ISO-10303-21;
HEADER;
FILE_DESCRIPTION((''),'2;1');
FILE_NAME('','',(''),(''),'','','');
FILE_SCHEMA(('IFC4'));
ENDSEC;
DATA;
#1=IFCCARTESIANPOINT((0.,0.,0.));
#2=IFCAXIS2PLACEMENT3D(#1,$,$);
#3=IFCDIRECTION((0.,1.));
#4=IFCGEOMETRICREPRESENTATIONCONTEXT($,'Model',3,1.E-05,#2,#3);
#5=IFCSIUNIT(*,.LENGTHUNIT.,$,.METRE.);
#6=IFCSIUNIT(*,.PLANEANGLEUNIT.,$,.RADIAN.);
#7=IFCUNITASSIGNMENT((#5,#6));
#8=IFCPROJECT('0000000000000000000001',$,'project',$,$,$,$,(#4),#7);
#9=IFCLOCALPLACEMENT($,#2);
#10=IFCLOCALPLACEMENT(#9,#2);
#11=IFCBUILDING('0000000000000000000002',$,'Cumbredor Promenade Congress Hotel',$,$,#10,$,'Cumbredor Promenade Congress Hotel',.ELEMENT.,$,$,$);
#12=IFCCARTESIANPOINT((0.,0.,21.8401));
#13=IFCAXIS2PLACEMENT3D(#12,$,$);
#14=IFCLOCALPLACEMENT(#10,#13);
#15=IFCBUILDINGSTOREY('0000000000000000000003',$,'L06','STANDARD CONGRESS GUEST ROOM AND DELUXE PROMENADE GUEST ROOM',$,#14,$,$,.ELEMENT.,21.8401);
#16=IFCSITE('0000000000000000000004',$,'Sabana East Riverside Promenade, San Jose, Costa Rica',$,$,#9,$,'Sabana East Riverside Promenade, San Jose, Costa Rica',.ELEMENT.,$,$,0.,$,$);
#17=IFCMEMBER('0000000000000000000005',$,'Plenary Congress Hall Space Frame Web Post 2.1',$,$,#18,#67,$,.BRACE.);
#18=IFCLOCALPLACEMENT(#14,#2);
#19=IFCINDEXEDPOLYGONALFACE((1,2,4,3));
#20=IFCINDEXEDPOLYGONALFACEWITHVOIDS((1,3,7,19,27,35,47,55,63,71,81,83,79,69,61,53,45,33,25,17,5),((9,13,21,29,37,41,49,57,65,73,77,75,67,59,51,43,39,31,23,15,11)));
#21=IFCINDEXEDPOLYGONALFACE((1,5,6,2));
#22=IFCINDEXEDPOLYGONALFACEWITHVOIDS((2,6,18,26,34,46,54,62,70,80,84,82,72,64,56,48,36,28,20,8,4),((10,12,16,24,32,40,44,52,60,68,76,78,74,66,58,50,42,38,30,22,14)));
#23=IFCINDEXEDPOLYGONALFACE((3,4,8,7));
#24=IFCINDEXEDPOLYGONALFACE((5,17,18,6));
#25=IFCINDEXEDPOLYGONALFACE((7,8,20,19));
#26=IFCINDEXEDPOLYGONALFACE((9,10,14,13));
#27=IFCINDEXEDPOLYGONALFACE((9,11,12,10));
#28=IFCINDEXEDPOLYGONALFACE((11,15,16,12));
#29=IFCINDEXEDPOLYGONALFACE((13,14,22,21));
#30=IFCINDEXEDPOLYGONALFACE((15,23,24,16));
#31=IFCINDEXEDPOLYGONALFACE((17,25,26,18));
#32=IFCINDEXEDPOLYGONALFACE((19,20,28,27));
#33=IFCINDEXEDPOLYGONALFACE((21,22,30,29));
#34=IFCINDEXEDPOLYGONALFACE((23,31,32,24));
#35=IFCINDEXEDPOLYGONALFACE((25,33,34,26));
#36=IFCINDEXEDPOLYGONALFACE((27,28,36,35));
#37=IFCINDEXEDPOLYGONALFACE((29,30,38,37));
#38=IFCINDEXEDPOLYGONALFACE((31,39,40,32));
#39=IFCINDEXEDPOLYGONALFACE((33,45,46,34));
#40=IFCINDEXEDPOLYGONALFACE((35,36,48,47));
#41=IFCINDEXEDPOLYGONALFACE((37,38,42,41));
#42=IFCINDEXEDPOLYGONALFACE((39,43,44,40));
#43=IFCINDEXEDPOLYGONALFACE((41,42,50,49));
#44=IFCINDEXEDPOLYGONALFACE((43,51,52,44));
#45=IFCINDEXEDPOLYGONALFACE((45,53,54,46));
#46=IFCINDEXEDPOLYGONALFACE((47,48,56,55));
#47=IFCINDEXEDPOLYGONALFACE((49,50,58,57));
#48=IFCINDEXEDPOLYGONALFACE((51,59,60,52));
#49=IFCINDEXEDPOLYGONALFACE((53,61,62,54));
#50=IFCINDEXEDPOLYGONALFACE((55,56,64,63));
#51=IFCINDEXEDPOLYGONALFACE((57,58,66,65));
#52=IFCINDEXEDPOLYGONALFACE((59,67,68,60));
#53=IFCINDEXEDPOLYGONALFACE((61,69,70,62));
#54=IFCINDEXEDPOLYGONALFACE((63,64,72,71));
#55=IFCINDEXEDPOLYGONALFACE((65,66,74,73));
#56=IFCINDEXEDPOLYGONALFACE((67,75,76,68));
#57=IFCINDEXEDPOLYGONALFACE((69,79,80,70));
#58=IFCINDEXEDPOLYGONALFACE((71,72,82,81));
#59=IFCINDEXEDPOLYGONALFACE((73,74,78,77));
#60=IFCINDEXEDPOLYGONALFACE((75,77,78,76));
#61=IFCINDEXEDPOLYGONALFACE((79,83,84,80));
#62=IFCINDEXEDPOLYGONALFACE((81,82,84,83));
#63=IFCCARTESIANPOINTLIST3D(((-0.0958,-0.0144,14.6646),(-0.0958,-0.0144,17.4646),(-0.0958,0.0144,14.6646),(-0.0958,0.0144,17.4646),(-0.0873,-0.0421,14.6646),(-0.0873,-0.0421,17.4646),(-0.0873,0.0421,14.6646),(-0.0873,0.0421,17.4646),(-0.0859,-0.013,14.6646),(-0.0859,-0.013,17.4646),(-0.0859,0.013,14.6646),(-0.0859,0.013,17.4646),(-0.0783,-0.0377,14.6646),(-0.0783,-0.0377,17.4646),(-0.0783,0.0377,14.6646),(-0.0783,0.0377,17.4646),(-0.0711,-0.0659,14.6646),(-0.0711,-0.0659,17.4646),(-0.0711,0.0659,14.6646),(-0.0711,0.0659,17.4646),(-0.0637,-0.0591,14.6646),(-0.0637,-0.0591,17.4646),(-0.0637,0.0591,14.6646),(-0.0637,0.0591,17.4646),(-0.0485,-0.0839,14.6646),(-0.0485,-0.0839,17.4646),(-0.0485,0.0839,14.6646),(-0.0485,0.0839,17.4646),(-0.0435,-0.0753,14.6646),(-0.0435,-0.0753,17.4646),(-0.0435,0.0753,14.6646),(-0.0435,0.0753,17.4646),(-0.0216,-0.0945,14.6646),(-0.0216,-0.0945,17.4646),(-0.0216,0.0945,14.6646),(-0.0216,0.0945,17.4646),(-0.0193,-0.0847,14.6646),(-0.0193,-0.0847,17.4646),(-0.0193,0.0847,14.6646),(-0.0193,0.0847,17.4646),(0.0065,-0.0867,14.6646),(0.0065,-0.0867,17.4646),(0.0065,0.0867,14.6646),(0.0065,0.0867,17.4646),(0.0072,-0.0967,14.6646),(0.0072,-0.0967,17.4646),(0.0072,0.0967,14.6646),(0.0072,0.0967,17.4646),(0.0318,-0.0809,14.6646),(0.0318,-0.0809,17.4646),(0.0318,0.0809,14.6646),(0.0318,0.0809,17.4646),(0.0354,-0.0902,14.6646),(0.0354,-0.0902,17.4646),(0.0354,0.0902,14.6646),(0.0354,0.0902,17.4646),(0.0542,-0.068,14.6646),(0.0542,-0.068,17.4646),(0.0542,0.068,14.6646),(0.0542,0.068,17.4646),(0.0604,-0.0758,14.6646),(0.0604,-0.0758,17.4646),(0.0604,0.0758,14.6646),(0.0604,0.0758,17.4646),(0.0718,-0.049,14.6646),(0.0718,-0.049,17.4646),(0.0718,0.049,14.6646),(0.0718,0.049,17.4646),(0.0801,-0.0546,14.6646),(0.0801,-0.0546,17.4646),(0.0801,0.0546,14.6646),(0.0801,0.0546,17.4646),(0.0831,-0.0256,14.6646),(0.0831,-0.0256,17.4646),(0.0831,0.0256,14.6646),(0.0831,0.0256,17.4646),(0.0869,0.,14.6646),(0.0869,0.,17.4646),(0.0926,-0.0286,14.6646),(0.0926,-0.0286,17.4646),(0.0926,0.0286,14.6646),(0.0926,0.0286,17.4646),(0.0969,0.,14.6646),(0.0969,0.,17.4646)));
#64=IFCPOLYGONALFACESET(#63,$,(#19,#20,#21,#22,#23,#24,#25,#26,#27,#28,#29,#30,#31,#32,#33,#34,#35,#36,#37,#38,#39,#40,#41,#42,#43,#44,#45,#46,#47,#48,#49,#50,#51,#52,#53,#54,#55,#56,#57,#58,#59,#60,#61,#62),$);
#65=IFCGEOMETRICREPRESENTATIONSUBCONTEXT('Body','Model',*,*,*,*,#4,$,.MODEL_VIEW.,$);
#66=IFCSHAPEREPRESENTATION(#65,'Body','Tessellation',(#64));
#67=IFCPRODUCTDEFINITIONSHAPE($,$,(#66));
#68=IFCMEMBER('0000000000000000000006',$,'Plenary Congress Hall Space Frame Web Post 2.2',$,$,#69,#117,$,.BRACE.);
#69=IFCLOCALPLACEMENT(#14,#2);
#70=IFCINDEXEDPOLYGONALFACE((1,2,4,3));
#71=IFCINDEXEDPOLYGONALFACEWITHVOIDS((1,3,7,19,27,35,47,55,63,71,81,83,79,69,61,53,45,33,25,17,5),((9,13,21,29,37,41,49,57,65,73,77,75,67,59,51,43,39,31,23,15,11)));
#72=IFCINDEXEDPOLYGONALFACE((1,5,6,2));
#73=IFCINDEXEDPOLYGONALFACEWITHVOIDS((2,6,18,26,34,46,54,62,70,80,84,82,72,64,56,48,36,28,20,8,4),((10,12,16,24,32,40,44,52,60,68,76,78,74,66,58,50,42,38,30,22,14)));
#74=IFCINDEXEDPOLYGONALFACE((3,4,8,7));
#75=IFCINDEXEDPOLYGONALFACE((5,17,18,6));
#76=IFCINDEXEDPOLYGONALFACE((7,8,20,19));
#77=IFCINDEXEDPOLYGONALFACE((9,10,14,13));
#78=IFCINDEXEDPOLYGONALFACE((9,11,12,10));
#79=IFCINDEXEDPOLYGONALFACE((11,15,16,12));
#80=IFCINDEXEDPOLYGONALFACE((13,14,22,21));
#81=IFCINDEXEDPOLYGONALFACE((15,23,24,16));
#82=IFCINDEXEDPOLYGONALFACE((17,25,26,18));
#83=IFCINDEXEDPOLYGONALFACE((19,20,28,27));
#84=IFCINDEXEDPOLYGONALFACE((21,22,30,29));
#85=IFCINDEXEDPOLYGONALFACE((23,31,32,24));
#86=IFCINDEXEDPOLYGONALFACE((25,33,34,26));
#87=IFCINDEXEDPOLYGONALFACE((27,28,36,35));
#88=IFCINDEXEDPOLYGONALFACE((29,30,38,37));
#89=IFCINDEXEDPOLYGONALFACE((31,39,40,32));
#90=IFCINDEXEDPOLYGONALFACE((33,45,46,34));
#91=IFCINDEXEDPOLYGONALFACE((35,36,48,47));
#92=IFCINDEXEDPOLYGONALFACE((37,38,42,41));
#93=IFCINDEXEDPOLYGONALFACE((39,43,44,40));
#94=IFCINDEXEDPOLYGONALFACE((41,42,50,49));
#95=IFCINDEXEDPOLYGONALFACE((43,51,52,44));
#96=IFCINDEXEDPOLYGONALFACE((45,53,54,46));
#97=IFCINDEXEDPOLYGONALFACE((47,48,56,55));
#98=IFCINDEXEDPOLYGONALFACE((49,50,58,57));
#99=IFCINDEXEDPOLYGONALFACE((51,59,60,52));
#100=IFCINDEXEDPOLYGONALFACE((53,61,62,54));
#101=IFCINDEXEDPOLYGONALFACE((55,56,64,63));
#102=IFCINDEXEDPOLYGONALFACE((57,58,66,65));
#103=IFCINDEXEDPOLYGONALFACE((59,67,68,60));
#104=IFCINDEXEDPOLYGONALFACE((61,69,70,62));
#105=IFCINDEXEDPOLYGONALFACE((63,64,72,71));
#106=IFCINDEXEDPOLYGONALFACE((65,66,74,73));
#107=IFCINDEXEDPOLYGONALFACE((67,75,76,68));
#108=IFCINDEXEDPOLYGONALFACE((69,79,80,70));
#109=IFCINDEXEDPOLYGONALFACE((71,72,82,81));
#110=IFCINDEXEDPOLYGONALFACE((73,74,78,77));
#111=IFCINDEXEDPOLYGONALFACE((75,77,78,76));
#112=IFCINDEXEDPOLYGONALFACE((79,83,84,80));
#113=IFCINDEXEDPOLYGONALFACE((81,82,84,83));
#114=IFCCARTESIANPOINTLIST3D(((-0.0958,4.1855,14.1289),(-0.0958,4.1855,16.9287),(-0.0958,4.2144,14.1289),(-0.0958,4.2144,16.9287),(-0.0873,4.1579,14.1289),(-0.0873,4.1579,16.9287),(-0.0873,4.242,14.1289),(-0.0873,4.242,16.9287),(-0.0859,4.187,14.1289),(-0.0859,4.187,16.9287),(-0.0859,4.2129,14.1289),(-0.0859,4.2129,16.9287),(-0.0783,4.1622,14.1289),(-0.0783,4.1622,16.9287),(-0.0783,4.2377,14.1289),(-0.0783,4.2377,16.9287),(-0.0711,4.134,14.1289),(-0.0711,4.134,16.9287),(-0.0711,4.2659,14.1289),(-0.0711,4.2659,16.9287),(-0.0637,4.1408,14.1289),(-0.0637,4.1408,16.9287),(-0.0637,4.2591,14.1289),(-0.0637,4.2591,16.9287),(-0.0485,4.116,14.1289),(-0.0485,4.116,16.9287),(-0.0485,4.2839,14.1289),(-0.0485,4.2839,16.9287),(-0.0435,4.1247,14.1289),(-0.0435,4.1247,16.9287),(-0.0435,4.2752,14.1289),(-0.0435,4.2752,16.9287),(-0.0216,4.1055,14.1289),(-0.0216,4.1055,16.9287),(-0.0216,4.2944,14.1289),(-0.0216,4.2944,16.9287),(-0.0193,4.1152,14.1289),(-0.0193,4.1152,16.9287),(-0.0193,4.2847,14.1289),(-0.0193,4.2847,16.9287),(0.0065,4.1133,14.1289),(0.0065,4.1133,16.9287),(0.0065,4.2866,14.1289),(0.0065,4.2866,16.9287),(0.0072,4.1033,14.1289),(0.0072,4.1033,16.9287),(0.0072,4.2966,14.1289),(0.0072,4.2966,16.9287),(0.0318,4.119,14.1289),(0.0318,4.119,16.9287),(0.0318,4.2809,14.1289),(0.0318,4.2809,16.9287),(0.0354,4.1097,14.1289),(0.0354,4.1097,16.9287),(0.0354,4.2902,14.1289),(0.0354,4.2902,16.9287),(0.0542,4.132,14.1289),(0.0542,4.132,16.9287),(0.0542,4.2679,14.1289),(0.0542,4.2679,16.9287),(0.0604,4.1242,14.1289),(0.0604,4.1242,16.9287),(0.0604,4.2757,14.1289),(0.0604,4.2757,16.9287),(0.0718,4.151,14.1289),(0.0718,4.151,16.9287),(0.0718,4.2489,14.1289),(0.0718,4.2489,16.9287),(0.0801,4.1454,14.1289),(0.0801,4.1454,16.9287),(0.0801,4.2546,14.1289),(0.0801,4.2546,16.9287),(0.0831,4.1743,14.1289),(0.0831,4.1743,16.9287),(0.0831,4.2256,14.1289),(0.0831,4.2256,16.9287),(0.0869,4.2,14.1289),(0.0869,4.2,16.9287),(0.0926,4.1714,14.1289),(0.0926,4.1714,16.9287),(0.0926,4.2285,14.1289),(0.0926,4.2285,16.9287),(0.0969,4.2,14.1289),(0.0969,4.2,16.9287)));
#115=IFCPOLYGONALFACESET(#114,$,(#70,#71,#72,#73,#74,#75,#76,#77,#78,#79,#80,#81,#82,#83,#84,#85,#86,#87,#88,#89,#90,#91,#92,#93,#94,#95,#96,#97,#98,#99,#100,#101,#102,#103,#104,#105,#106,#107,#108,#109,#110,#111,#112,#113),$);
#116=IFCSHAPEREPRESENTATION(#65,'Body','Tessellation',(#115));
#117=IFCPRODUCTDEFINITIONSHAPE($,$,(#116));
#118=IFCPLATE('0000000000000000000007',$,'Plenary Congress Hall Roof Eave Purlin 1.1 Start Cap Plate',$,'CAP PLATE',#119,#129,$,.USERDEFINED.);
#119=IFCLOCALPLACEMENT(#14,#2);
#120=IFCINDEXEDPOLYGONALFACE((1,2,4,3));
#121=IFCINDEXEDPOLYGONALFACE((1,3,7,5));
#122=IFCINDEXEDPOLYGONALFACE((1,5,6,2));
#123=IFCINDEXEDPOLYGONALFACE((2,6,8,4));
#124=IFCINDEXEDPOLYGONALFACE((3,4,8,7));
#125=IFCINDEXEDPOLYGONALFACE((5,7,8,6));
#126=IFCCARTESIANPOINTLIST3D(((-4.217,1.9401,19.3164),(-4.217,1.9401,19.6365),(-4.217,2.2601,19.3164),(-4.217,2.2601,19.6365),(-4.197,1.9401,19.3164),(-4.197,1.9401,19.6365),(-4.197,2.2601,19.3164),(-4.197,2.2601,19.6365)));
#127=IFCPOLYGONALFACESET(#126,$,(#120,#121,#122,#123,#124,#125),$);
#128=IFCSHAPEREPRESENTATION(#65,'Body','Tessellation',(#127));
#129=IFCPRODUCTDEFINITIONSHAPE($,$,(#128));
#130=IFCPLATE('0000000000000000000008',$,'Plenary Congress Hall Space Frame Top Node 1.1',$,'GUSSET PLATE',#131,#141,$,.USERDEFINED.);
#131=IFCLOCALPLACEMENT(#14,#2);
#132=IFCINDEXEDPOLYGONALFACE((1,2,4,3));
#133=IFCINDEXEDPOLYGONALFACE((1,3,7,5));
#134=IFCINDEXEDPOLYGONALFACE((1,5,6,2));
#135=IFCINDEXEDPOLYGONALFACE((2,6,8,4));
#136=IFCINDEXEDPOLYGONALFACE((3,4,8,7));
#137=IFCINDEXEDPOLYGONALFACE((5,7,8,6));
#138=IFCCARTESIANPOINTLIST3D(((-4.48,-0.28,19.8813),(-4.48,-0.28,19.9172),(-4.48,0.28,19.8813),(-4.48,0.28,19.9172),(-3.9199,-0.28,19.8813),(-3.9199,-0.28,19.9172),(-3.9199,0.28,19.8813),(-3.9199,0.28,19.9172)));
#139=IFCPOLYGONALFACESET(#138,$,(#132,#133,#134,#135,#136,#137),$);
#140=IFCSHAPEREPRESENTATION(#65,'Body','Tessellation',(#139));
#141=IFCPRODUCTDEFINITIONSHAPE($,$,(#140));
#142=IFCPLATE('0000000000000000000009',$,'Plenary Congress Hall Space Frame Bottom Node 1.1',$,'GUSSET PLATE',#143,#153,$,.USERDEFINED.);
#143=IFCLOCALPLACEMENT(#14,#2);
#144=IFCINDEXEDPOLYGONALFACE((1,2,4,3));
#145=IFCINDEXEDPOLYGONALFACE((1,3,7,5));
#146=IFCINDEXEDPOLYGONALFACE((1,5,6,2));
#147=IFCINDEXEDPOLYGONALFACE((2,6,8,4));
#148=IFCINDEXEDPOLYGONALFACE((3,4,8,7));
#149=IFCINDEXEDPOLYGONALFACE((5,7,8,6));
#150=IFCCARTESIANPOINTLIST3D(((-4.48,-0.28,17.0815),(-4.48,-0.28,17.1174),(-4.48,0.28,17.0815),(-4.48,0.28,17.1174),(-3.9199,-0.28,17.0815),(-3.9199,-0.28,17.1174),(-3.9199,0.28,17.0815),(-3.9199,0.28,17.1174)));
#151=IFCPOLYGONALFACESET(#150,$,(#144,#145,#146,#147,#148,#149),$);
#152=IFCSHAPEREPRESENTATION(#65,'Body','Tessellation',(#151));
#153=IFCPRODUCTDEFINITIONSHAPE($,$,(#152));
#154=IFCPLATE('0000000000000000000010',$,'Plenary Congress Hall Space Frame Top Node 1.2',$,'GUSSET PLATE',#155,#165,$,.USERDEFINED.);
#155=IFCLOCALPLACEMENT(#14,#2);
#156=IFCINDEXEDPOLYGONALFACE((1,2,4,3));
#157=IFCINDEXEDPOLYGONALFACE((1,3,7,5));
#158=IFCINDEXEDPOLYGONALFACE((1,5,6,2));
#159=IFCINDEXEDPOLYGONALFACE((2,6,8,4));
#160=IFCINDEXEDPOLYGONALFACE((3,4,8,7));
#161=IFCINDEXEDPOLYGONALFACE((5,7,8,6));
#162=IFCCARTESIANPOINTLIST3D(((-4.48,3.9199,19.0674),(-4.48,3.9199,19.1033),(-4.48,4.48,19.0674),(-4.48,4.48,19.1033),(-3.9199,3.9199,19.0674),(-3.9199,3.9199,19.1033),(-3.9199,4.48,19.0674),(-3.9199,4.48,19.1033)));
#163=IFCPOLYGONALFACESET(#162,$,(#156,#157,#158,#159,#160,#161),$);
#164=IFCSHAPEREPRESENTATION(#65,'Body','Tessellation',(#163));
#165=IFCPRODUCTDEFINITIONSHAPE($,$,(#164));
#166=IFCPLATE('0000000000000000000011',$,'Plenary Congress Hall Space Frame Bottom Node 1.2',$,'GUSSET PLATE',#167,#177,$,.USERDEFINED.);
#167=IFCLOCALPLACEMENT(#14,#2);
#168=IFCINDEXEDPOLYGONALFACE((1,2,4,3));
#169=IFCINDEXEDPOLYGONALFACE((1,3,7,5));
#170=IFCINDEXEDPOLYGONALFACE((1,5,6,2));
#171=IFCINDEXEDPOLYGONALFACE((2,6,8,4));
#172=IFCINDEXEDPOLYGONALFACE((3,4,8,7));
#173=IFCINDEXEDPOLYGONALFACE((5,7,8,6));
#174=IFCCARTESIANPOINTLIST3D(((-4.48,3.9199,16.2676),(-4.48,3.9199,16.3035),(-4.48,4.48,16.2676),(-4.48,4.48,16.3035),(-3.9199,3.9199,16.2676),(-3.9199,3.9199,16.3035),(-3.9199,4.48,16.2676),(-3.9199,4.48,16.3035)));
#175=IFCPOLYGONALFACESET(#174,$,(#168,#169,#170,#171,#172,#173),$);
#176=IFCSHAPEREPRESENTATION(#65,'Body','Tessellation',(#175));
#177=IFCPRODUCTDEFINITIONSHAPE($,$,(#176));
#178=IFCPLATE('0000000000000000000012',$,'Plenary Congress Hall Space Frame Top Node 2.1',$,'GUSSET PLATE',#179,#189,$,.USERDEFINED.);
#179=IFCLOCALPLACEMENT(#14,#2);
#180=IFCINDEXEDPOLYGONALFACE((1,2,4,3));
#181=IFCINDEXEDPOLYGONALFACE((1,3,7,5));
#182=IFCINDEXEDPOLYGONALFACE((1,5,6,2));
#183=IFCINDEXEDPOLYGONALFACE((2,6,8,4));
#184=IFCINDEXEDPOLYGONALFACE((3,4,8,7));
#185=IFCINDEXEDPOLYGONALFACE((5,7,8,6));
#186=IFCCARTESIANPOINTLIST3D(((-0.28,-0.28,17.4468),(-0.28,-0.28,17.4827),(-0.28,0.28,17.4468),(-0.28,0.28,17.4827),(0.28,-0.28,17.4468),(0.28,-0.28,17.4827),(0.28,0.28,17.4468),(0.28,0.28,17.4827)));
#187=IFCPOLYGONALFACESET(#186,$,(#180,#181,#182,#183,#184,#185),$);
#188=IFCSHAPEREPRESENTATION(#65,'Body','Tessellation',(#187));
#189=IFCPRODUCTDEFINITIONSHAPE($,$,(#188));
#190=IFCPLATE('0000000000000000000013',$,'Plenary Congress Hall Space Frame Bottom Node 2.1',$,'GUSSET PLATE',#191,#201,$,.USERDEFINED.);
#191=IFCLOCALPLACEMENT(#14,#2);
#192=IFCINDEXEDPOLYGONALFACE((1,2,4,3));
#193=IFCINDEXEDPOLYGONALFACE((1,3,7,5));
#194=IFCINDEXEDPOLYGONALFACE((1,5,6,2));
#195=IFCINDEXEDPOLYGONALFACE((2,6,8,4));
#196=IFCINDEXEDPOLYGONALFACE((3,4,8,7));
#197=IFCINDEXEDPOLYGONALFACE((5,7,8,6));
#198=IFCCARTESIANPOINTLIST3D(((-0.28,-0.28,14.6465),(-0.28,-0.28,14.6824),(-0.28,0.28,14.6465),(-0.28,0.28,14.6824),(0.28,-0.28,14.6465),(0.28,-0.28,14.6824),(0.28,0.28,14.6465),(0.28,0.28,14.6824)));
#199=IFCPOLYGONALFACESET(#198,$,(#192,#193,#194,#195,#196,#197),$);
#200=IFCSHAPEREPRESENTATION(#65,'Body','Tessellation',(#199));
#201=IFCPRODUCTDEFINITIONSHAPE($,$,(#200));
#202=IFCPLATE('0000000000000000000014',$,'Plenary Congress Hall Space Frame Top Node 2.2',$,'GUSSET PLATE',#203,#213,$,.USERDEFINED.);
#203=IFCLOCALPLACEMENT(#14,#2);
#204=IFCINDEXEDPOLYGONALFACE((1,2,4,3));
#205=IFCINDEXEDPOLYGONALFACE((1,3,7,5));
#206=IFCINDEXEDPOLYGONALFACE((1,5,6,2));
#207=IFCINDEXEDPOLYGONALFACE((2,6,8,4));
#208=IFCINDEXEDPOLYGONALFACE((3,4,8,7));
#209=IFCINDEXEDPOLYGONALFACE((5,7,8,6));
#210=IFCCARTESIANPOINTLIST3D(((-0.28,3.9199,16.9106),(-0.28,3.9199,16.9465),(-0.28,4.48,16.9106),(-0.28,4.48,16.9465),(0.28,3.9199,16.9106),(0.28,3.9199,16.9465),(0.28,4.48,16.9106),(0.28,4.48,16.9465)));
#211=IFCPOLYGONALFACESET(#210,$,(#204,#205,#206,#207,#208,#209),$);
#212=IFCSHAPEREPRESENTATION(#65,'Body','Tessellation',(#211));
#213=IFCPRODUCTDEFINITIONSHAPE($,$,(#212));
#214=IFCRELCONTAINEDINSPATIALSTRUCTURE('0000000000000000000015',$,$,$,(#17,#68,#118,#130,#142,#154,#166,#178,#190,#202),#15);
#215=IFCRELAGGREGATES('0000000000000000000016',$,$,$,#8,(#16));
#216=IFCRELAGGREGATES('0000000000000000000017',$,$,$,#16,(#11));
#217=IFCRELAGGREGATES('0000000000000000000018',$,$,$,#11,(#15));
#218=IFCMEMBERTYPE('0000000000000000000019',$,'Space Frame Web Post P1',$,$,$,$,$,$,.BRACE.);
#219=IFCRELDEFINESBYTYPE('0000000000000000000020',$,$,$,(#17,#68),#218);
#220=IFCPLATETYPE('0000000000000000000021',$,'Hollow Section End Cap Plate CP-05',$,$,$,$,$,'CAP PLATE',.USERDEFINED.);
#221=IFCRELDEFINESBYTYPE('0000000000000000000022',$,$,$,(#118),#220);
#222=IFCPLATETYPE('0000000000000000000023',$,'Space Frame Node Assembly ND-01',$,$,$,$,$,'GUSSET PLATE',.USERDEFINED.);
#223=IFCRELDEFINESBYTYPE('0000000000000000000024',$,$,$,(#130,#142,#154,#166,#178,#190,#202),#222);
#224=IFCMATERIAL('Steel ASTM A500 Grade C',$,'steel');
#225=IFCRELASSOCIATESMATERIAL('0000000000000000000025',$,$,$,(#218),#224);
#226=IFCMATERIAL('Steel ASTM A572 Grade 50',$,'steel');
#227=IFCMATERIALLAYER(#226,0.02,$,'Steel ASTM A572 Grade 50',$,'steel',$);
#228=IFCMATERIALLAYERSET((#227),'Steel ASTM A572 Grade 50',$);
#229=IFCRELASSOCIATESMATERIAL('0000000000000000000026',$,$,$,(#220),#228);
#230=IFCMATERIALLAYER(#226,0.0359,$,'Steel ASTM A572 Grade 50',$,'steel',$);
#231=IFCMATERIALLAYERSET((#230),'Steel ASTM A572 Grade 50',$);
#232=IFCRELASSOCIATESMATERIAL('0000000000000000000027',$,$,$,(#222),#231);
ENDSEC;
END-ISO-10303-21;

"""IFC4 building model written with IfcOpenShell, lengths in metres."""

from ifc_helpers import new_model, si_unit, direction, frame, origin, origin_2d, place, context, subcontext, project, spatial, rectangle, hollow_circle, extrude, material, layer, layer_set, material_profile, profile_set, type_object, element, save


model = new_model("IFC4")

# Units and contexts
model_context = context("Model", 3, precision=1e-05, world=origin(), true_north=direction((0.0, 1.0)))
body_context = subcontext(model_context, "Body", "Model", "MODEL_VIEW")
ifc_project = project(units=[si_unit("LENGTHUNIT", "METRE"), si_unit("PLANEANGLEUNIT", "RADIAN")], contexts=[model_context])

# Site, building, storey
site_placement = place(None, origin())
site = spatial("IfcSite", under=ifc_project, at=site_placement, Name="Sabana East Riverside Promenade, San Jose, Costa Rica", LongName="Sabana East Riverside Promenade, San Jose, Costa Rica", CompositionType="ELEMENT", RefElevation=0.0)
building_placement = place(site_placement, origin())
building = spatial("IfcBuilding", under=site, at=building_placement, Name="Cumbredor Promenade Congress Hotel", LongName="Cumbredor Promenade Congress Hotel", CompositionType="ELEMENT")
storey_placement = place(building_placement, frame((0.0, 0.0, 21.8401)))
storey = spatial("IfcBuildingStorey", under=building, at=storey_placement, Name="L06", Description="STANDARD CONGRESS GUEST ROOM AND DELUXE PROMENADE GUEST ROOM", CompositionType="ELEMENT", Elevation=21.8401)

# Members
ifc_material_1 = material(Name="Steel ASTM A500 Grade C", Category="steel")
ifc_material_profile_1 = material_profile(ifc_material_1, hollow_circle(Radius=0.0969, WallThickness=0.01, at=origin_2d()), Name="CHS 193.7x10")
ifc_profile_set_1 = profile_set([ifc_material_profile_1], Name="Steel ASTM A500 Grade C")
member_type_1 = type_object("IfcMemberType", Name="Space Frame Web Post P1", PredefinedType="BRACE", material=ifc_profile_set_1)
for number, where, z_axis, x_axis, name in (
    (1, (0.0, 0.0, 14.6646), (0.0, 0.0, 1.0), (1.0, 0.0, 0.0), "Plenary Congress Hall Space Frame Web Post 2.1"),
):
    element("IfcMember", number, at=place(storey_placement, frame(where, z_axis=z_axis, x_axis=x_axis)), inside=storey, type_object=member_type_1, Name=name, PredefinedType="BRACE", context=body_context, shape_type="SweptSolid", body=[
        extrude(hollow_circle(Radius=0.0969, WallThickness=0.01, at=origin_2d()), origin(), (0.0, 0.0, 1.0), 2.8),
    ])
member_1_placement = place(storey_placement, frame((0.0, 4.2, 14.1289), z_axis=(0.0, 0.0, 1.0), x_axis=(1.0, 0.0, 0.0)))
element("IfcMember", 2, at=member_1_placement, inside=storey, type_object=member_type_1, Name="Plenary Congress Hall Space Frame Web Post 2.2", PredefinedType="BRACE", context=body_context, shape_type="SweptSolid", body=[
    extrude(hollow_circle(Radius=0.0969, WallThickness=0.01, at=origin_2d()), origin(), (0.0, 0.0, 1.0), 2.7998),
])

# Plates
ifc_material_2 = material(Name="Steel ASTM A572 Grade 50", Category="steel")
ifc_layer_1 = layer(ifc_material_2, 0.02, Name="Steel ASTM A572 Grade 50", Category="steel")
ifc_layer_set_1 = layer_set([ifc_layer_1], Name="Steel ASTM A572 Grade 50")
plate_type_1 = type_object("IfcPlateType", Name="Hollow Section End Cap Plate CP-05", ElementType="CAP PLATE", PredefinedType="USERDEFINED", material=ifc_layer_set_1)
plate_placement = place(storey_placement, frame((-4.207, 2.1001, 19.3164), z_axis=(0.0, 0.0, 1.0), x_axis=(1.0, 0.0, 0.0)))
element("IfcPlate", 3, at=plate_placement, inside=storey, type_object=plate_type_1, Name="Plenary Congress Hall Roof Eave Purlin 1.1 Start Cap Plate", ObjectType="CAP PLATE", PredefinedType="USERDEFINED", context=body_context, shape_type="SweptSolid", body=[
    extrude(rectangle(XDim=0.02, YDim=0.3201, at=origin_2d()), origin(), (0.0, 0.0, 1.0), 0.3201),
])
ifc_layer_2 = layer(ifc_material_2, 0.0359, Name="Steel ASTM A572 Grade 50", Category="steel")
ifc_layer_set_2 = layer_set([ifc_layer_2], Name="Steel ASTM A572 Grade 50")
plate_type_2 = type_object("IfcPlateType", Name="Space Frame Node Assembly ND-01", ElementType="GUSSET PLATE", PredefinedType="USERDEFINED", material=ifc_layer_set_2)
for number, where, z_axis, x_axis, name in (
    (4, (-4.2, 0.0, 19.8813), (0.0, 0.0, 1.0), (1.0, 0.0, 0.0), "Plenary Congress Hall Space Frame Top Node 1.1"),
    (5, (-4.2, 0.0, 17.0815), (0.0, 0.0, 1.0), (1.0, 0.0, 0.0), "Plenary Congress Hall Space Frame Bottom Node 1.1"),
    (6, (-4.2, 4.2, 19.0674), (0.0, 0.0, 1.0), (1.0, 0.0, 0.0), "Plenary Congress Hall Space Frame Top Node 1.2"),
    (7, (-4.2, 4.2, 16.2676), (0.0, 0.0, 1.0), (1.0, 0.0, 0.0), "Plenary Congress Hall Space Frame Bottom Node 1.2"),
    (8, (0.0, 0.0, 17.4468), (0.0, 0.0, 1.0), (1.0, 0.0, 0.0), "Plenary Congress Hall Space Frame Top Node 2.1"),
    (9, (0.0, 0.0, 14.6465), (0.0, 0.0, 1.0), (1.0, 0.0, 0.0), "Plenary Congress Hall Space Frame Bottom Node 2.1"),
    (10, (0.0, 4.2, 16.9106), (0.0, 0.0, 1.0), (1.0, 0.0, 0.0), "Plenary Congress Hall Space Frame Top Node 2.2"),
):
    element("IfcPlate", number, at=place(storey_placement, frame(where, z_axis=z_axis, x_axis=x_axis)), inside=storey, type_object=plate_type_2, Name=name, ObjectType="GUSSET PLATE", PredefinedType="USERDEFINED", context=body_context, shape_type="SweptSolid", body=[
        extrude(rectangle(XDim=0.5601, YDim=0.5601, at=origin_2d()), origin(), (0.0, 0.0, 1.0), 0.0359),
    ])

save(model, "model.ifc")
